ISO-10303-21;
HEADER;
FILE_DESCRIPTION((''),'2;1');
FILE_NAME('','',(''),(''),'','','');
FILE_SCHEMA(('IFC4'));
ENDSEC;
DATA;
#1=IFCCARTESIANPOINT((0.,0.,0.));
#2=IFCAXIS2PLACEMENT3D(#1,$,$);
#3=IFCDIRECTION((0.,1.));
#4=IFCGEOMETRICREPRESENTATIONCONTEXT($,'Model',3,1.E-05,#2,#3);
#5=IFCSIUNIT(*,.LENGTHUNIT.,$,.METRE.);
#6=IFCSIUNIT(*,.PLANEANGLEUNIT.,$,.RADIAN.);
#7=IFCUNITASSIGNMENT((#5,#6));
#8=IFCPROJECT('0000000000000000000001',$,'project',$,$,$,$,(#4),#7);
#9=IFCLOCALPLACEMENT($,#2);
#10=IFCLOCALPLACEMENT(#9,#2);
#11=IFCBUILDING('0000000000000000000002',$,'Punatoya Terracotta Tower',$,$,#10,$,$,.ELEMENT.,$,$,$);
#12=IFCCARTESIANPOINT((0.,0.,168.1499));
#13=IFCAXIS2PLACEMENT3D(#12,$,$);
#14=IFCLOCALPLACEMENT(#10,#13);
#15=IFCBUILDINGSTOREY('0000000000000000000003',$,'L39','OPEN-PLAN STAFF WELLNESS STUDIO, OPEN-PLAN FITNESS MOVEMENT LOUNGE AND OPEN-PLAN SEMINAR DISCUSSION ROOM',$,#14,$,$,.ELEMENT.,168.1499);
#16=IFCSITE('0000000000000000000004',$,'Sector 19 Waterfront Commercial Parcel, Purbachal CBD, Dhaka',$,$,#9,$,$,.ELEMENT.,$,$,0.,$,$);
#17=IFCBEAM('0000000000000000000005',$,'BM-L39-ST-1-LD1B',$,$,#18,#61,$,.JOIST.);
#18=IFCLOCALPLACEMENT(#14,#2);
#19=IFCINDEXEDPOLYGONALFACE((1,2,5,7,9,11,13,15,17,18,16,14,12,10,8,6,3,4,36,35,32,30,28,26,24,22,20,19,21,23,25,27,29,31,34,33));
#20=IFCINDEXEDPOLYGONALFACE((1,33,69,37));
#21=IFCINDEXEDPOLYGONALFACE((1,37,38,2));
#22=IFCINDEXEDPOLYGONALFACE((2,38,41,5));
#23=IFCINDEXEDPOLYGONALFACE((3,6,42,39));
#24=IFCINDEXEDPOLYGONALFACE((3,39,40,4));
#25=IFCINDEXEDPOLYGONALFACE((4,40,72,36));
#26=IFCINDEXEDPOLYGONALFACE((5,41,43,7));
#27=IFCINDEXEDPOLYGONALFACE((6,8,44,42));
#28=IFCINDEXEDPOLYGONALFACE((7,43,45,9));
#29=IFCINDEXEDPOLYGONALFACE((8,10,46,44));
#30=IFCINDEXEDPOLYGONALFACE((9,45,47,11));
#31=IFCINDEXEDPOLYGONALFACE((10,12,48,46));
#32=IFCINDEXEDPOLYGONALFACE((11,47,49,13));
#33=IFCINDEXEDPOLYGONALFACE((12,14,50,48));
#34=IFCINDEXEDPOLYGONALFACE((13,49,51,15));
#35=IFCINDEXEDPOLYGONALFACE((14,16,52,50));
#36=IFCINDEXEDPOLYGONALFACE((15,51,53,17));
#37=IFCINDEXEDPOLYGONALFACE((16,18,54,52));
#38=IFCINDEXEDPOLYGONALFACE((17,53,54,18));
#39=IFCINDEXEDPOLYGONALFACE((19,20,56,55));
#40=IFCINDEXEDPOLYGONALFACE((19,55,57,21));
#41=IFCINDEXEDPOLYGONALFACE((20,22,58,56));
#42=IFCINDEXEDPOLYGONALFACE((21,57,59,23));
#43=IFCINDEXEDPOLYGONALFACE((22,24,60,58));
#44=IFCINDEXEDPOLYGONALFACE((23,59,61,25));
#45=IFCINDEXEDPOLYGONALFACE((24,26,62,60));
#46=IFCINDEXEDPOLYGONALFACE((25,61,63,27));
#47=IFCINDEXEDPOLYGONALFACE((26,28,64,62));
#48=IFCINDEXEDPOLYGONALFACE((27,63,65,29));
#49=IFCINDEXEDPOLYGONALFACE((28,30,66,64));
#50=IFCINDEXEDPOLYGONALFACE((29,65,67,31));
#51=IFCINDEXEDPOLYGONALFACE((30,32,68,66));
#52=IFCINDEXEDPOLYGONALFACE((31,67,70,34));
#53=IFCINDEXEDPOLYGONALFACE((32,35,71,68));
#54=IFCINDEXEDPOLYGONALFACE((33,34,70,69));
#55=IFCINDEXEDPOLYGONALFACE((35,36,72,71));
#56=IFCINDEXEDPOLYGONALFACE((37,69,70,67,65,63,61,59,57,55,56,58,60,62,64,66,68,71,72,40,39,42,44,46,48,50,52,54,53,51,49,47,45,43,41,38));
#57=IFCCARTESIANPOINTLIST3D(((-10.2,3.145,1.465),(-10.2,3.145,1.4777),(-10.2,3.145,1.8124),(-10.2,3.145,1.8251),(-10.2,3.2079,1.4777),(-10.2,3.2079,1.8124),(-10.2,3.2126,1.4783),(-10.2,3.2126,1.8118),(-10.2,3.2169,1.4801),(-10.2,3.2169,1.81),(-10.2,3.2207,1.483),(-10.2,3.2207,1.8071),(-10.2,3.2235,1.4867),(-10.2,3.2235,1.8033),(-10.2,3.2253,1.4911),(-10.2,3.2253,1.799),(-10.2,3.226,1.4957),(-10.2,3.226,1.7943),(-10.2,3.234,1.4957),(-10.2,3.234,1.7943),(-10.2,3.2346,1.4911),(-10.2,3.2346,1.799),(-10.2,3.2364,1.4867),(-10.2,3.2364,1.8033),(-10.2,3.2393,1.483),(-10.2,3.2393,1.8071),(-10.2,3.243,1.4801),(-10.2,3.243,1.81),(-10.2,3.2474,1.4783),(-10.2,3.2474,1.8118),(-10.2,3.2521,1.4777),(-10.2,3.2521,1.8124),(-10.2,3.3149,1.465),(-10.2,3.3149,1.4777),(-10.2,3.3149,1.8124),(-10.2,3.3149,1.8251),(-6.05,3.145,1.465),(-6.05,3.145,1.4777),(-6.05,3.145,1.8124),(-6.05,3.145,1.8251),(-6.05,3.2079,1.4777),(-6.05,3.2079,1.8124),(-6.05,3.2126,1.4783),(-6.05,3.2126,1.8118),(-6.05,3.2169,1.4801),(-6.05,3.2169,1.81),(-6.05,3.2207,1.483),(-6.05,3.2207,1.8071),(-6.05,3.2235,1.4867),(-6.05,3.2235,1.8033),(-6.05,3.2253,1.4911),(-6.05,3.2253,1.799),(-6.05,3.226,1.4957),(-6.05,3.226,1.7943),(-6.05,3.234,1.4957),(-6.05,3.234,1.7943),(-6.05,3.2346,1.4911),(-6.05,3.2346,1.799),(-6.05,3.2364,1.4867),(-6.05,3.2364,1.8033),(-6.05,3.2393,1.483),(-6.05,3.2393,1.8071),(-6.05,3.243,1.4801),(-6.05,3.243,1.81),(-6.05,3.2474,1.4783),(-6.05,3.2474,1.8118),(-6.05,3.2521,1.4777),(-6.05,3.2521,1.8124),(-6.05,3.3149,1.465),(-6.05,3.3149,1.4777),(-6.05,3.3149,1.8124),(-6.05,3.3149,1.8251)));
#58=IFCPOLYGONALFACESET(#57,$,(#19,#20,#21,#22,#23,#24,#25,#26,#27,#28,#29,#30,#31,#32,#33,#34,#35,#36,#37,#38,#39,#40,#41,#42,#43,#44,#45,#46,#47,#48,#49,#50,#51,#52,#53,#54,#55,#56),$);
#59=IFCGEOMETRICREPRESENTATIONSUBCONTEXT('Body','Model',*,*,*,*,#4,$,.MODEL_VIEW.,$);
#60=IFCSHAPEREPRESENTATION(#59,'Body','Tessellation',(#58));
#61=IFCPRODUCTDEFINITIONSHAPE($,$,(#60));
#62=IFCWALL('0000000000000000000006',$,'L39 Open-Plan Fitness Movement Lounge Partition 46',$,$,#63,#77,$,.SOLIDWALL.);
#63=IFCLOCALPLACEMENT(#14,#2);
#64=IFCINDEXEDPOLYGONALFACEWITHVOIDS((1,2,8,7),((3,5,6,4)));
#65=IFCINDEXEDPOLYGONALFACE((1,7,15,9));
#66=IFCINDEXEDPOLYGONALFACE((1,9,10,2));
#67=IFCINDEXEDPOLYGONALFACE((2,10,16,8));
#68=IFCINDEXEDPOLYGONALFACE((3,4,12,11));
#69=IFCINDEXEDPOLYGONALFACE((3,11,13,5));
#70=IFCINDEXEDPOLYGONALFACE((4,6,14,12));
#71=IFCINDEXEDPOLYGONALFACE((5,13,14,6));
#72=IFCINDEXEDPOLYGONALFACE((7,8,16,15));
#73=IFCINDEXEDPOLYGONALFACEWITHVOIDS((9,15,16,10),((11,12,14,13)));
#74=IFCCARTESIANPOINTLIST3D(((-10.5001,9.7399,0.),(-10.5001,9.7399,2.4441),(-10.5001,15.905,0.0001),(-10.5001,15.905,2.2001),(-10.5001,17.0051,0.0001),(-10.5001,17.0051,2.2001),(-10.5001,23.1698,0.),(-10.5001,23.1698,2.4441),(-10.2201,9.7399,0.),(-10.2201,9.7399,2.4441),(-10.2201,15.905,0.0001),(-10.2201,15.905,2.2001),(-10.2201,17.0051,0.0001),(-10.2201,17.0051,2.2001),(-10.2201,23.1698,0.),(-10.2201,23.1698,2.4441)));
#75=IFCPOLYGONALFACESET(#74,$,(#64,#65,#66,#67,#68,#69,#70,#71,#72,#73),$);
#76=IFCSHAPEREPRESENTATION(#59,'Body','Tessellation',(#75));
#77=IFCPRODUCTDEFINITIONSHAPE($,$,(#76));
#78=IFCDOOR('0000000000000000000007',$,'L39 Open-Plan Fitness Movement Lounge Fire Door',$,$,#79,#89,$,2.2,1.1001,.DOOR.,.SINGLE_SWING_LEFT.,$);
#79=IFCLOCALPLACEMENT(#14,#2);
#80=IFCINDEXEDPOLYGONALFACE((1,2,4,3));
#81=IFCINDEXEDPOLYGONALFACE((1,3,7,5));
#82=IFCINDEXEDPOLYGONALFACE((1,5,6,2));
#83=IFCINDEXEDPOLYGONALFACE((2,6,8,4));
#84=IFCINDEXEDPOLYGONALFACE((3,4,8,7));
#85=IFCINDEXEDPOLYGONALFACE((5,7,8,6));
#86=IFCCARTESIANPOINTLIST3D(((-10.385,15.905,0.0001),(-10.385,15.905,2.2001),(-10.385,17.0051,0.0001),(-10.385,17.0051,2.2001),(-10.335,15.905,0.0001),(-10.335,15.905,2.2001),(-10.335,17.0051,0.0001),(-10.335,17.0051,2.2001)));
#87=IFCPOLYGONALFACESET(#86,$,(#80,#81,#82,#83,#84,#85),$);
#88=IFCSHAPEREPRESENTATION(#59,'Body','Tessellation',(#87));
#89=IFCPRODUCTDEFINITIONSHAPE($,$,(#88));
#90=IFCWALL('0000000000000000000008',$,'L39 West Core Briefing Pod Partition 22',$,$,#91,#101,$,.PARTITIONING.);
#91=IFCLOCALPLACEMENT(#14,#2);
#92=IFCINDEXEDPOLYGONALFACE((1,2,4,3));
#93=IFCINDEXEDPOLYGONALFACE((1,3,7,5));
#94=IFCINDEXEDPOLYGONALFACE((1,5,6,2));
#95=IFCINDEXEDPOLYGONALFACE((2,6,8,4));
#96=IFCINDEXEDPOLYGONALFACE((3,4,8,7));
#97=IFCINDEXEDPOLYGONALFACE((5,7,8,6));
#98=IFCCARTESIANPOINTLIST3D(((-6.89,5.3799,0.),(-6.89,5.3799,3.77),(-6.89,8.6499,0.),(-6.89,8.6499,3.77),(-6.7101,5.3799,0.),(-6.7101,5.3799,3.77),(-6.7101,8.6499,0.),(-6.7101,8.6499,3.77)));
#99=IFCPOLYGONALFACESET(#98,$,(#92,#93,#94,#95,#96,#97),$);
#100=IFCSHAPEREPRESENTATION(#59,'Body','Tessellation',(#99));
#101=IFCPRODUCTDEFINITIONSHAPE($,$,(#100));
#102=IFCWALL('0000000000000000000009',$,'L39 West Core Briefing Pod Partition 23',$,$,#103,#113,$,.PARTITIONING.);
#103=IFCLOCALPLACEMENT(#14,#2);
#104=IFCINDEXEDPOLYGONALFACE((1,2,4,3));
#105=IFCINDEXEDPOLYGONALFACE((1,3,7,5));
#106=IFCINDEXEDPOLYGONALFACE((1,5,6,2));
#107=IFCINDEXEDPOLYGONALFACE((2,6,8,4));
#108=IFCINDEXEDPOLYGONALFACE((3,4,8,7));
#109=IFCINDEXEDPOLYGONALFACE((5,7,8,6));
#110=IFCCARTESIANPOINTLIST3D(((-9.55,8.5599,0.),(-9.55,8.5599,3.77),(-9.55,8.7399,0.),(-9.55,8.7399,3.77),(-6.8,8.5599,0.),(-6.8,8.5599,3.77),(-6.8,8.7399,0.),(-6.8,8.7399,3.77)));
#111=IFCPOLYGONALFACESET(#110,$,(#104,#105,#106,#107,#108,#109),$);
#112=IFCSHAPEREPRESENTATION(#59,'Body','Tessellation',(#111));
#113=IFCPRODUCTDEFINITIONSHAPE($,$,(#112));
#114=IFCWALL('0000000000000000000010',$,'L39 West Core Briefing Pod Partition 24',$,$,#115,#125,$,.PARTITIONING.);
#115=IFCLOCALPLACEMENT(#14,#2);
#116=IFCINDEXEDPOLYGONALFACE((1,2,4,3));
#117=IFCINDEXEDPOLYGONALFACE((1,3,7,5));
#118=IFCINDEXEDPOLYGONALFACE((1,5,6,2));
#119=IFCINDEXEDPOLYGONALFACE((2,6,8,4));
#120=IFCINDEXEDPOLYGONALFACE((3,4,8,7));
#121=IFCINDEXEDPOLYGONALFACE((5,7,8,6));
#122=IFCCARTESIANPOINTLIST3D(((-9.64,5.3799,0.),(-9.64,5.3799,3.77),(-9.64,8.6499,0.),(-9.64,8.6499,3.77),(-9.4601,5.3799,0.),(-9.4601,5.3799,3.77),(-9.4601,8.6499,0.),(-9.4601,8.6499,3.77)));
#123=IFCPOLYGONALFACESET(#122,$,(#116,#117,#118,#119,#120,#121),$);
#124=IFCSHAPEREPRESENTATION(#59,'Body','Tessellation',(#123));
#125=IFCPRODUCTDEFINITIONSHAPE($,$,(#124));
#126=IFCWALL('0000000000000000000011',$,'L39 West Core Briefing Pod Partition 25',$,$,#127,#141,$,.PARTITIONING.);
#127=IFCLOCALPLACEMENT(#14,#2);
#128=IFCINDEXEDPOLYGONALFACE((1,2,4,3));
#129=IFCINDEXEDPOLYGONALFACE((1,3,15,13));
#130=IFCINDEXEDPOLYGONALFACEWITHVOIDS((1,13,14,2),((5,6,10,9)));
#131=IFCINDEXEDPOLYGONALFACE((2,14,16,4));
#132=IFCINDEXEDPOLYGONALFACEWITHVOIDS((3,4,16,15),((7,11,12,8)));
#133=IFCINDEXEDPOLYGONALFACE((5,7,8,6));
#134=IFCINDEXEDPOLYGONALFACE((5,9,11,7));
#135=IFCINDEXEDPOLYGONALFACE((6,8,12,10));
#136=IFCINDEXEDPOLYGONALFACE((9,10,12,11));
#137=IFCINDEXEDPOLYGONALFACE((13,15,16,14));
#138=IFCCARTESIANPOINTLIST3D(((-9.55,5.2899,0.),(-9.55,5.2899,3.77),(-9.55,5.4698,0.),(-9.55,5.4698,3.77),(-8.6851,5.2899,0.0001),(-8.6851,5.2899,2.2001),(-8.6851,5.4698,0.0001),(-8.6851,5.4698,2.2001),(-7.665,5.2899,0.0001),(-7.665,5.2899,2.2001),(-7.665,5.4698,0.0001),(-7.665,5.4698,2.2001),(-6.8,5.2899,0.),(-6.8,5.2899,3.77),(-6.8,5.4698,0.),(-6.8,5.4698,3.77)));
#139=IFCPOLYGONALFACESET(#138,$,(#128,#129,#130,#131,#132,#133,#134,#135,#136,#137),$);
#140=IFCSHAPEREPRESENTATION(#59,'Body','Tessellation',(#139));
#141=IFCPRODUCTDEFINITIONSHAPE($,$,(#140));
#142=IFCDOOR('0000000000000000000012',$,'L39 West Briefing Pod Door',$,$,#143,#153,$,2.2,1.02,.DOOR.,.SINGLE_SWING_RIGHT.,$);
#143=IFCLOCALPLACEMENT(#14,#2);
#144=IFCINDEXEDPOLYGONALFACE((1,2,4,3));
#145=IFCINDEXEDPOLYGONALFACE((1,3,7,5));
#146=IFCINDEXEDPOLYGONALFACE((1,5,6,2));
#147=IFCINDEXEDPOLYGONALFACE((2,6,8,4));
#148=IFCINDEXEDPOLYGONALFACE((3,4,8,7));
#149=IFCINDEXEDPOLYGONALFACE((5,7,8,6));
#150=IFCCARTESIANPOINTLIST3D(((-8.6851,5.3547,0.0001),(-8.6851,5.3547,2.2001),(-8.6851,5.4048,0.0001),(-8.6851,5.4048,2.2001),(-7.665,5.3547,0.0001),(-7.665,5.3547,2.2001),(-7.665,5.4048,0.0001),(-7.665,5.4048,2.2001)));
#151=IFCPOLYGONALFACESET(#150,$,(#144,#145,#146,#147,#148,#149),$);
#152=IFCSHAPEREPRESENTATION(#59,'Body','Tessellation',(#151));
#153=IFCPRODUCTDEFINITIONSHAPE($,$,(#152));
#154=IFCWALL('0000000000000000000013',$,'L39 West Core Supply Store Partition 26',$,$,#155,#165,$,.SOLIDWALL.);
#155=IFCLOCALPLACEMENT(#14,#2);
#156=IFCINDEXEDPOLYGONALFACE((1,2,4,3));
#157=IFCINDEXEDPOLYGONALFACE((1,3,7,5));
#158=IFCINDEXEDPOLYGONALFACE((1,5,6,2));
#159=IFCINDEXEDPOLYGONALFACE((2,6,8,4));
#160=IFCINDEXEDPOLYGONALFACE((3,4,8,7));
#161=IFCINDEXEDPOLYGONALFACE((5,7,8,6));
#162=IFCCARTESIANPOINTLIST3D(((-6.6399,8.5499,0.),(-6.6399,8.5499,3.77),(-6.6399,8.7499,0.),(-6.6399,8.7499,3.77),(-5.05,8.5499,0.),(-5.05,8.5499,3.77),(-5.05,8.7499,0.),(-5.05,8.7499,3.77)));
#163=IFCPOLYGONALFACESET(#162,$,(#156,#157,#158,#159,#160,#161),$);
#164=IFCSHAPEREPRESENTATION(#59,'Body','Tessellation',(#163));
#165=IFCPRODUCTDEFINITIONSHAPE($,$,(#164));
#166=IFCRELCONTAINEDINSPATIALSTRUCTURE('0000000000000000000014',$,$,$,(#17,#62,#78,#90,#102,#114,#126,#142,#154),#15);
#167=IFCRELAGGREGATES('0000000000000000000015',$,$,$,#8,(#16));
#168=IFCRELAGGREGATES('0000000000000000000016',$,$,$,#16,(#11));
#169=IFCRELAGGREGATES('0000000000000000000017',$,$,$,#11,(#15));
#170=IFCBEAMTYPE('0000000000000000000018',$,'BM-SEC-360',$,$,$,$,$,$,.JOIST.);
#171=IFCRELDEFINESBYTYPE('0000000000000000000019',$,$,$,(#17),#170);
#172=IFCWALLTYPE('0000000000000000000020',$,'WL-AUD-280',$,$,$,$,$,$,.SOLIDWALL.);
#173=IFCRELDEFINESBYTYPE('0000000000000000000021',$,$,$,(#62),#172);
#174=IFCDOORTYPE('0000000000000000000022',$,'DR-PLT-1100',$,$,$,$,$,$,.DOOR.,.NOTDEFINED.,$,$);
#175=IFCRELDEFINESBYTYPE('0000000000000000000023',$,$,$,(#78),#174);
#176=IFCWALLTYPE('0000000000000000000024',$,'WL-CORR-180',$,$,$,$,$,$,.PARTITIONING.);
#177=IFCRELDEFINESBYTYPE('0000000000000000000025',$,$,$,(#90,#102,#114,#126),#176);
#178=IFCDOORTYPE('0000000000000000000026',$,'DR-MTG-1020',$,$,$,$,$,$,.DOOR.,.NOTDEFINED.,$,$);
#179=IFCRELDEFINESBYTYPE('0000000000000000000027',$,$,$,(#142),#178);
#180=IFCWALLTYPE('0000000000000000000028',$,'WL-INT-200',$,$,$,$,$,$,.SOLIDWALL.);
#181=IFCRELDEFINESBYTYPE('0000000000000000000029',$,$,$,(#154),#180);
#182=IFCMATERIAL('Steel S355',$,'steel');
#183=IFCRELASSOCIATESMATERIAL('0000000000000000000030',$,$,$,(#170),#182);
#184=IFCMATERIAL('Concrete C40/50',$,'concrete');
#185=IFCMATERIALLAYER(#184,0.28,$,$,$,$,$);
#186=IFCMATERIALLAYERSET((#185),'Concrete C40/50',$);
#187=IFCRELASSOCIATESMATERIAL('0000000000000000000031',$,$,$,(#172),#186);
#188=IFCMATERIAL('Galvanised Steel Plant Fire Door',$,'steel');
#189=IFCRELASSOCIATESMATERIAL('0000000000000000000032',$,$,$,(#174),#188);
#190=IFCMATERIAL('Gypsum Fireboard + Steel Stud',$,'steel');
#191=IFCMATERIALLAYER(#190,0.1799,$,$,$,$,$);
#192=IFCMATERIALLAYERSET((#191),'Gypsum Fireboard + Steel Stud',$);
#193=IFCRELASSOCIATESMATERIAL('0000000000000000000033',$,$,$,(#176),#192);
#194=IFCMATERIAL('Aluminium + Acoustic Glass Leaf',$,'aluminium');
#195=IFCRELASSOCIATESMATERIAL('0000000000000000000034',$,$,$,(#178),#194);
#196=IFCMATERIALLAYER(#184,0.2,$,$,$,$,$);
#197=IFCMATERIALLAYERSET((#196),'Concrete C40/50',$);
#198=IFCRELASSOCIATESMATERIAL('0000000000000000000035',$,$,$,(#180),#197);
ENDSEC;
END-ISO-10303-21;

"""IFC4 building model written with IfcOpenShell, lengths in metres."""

from ifc_helpers import new_model, si_unit, direction, frame, frame_2d, origin, origin_2d, place, context, subcontext, project, spatial, rectangle, i_section, extrude, material, layer, layer_set, material_profile, profile_set, type_object, element, fill, save


model = new_model("IFC4")

# Units and contexts
model_context = context("Model", 3, precision=1e-05, world=origin(), true_north=direction((0.0, 1.0)))
body_context = subcontext(model_context, "Body", "Model", "MODEL_VIEW")
ifc_project = project(units=[si_unit("LENGTHUNIT", "METRE"), si_unit("PLANEANGLEUNIT", "RADIAN")], contexts=[model_context])

# Site, building, storey
site_placement = place(None, origin())
site = spatial("IfcSite", under=ifc_project, at=site_placement, Name="Sector 19 Waterfront Commercial Parcel, Purbachal CBD, Dhaka", CompositionType="ELEMENT", RefElevation=0.0)
building_placement = place(site_placement, origin())
building = spatial("IfcBuilding", under=site, at=building_placement, Name="Punatoya Terracotta Tower", CompositionType="ELEMENT")
storey_placement = place(building_placement, frame((0.0, 0.0, 168.1499)))
storey = spatial("IfcBuildingStorey", under=building, at=storey_placement, Name="L39", Description="OPEN-PLAN STAFF WELLNESS STUDIO, OPEN-PLAN FITNESS MOVEMENT LOUNGE AND OPEN-PLAN SEMINAR DISCUSSION ROOM", CompositionType="ELEMENT", Elevation=168.1499)

# Beam
ifc_material_1 = material(Name="Steel S355", Category="steel")
ifc_material_profile_1 = material_profile(ifc_material_1, i_section(OverallWidth=0.1699, OverallDepth=0.3601, WebThickness=0.0081, FlangeThickness=0.0127, FilletRadius=0.0181, at=origin_2d()))
ifc_profile_set_1 = profile_set([ifc_material_profile_1], Name="Steel S355")
beam_type_1 = type_object("IfcBeamType", Name="BM-SEC-360", PredefinedType="JOIST", material=ifc_profile_set_1)
for number, where, z_axis, x_axis, name in (
    (1, (-10.2, 3.23, 1.645), (1.0, 0.0, 0.0), (0.0, 1.0, 0.0), "BM-L39-ST-1-LD1B"),
):
    element("IfcBeam", number, at=place(storey_placement, frame(where, z_axis=z_axis, x_axis=x_axis)), inside=storey, type_object=beam_type_1, Name=name, PredefinedType="JOIST", context=body_context, shape_type="SweptSolid", body=[
        extrude(i_section(OverallWidth=0.1699, OverallDepth=0.3601, WebThickness=0.0081, FlangeThickness=0.0127, FilletRadius=0.0181, at=origin_2d()), origin(), (0.0, 0.0, 1.0), 4.1499),
    ])

# Wall, opening, door
ifc_material_2 = material(Name="Concrete C40/50", Category="concrete")
ifc_layer_1 = layer(ifc_material_2, 0.28)
ifc_layer_set_1 = layer_set([ifc_layer_1], Name="Concrete C40/50")
wall_type_1 = type_object("IfcWallType", Name="WL-AUD-280", PredefinedType="SOLIDWALL", material=ifc_layer_set_1)
wall_1_placement = place(storey_placement, frame((-10.3601, 9.74, 0.0), z_axis=(0.0, 0.0, 1.0), x_axis=(0.0, 1.0, 0.0)))
wall_1 = element("IfcWall", 2, at=wall_1_placement, inside=storey, type_object=wall_type_1, Name="L39 Open-Plan Fitness Movement Lounge Partition 46", PredefinedType="SOLIDWALL", context=body_context, shape_type="SweptSolid", body=[
    extrude(rectangle(XDim=13.4299, YDim=0.28, at=frame_2d((6.7148, 0.0))), origin(), (0.0, 0.0, 1.0), 2.4441),
])
opening_1_placement = place(wall_1_placement, frame((6.165, 0.0, 0.0)))
opening_1 = element("IfcOpeningElement", 3, at=opening_1_placement, cuts=wall_1, PredefinedType="OPENING", context=body_context, shape_type="SweptSolid", body=[
    extrude(rectangle(XDim=1.1001, YDim=2.2, at=frame_2d((0.55, 1.1001))), frame((0.0, 0.1499, 0.0), z_axis=(0.0, -1.0, 0.0), x_axis=(1.0, 0.0, 0.0)), (0.0, 0.0, 1.0), 0.3),
])
ifc_material_3 = material(Name="Galvanised Steel Plant Fire Door", Category="steel")
door_type_1 = type_object("IfcDoorType", Name="DR-PLT-1100", OperationType="NOTDEFINED", PredefinedType="DOOR", material=ifc_material_3)
door_1_placement = place(opening_1_placement, origin())
door_1 = element("IfcDoor", 4, at=door_1_placement, inside=storey, type_object=door_type_1, Name="L39 Open-Plan Fitness Movement Lounge Fire Door", OperationType="SINGLE_SWING_LEFT", OverallHeight=2.2, OverallWidth=1.1001, PredefinedType="DOOR", context=body_context, shape_type="SweptSolid", body=[
    extrude(rectangle(XDim=1.1001, YDim=2.2, at=frame_2d((0.55, 1.1001))), frame((0.0, 0.0249, 0.0), z_axis=(0.0, -1.0, 0.0), x_axis=(1.0, 0.0, 0.0)), (0.0, 0.0, 1.0), 0.05),
])
fill(opening_1, door_1)

# Walls
ifc_material_4 = material(Name="Gypsum Fireboard + Steel Stud", Category="steel")
ifc_layer_2 = layer(ifc_material_4, 0.1799)
ifc_layer_set_2 = layer_set([ifc_layer_2], Name="Gypsum Fireboard + Steel Stud")
wall_type_2 = type_object("IfcWallType", Name="WL-CORR-180", PredefinedType="PARTITIONING", material=ifc_layer_set_2)
wall_2_placement = place(storey_placement, frame((-6.8, 5.3799, 0.0), z_axis=(0.0, 0.0, 1.0), x_axis=(0.0, 1.0, 0.0)))
element("IfcWall", 5, at=wall_2_placement, inside=storey, type_object=wall_type_2, Name="L39 West Core Briefing Pod Partition 22", PredefinedType="PARTITIONING", context=body_context, shape_type="SweptSolid", body=[
    extrude(rectangle(XDim=3.27, YDim=0.1799, at=frame_2d((1.635, 0.0))), origin(), (0.0, 0.0, 1.0), 3.77),
])
wall_3_placement = place(storey_placement, frame((-6.8, 8.6499, 0.0), z_axis=(0.0, 0.0, 1.0), x_axis=(-1.0, 0.0, 0.0)))
element("IfcWall", 6, at=wall_3_placement, inside=storey, type_object=wall_type_2, Name="L39 West Core Briefing Pod Partition 23", PredefinedType="PARTITIONING", context=body_context, shape_type="SweptSolid", body=[
    extrude(rectangle(XDim=2.75, YDim=0.1799, at=frame_2d((1.375, 0.0))), origin(), (0.0, 0.0, 1.0), 3.77),
])
wall_4_placement = place(storey_placement, frame((-9.55, 8.6499, 0.0), z_axis=(0.0, 0.0, 1.0), x_axis=(0.0, -1.0, 0.0)))
element("IfcWall", 7, at=wall_4_placement, inside=storey, type_object=wall_type_2, Name="L39 West Core Briefing Pod Partition 24", PredefinedType="PARTITIONING", context=body_context, shape_type="SweptSolid", body=[
    extrude(rectangle(XDim=3.27, YDim=0.1799, at=frame_2d((1.635, 0.0))), origin(), (0.0, 0.0, 1.0), 3.77),
])

# Wall, opening, door
wall_5_placement = place(storey_placement, frame((-9.55, 5.3799, 0.0), z_axis=(0.0, 0.0, 1.0), x_axis=(1.0, 0.0, 0.0)))
wall_5 = element("IfcWall", 8, at=wall_5_placement, inside=storey, type_object=wall_type_2, Name="L39 West Core Briefing Pod Partition 25", PredefinedType="PARTITIONING", context=body_context, shape_type="SweptSolid", body=[
    extrude(rectangle(XDim=2.75, YDim=0.1799, at=frame_2d((1.375, 0.0))), origin(), (0.0, 0.0, 1.0), 3.77),
])
opening_2_placement = place(wall_5_placement, frame((0.865, 0.0, 0.0)))
opening_2 = element("IfcOpeningElement", 9, at=opening_2_placement, cuts=wall_5, PredefinedType="OPENING", context=body_context, shape_type="SweptSolid", body=[
    extrude(rectangle(XDim=1.02, YDim=2.2, at=frame_2d((0.51, 1.1001))), frame((0.0, 0.0999, 0.0), z_axis=(0.0, -1.0, 0.0), x_axis=(1.0, 0.0, 0.0)), (0.0, 0.0, 1.0), 0.2),
])
ifc_material_5 = material(Name="Aluminium + Acoustic Glass Leaf", Category="aluminium")
door_type_2 = type_object("IfcDoorType", Name="DR-MTG-1020", OperationType="NOTDEFINED", PredefinedType="DOOR", material=ifc_material_5)
door_2_placement = place(opening_2_placement, origin())
door_2 = element("IfcDoor", 10, at=door_2_placement, inside=storey, type_object=door_type_2, Name="L39 West Briefing Pod Door", OperationType="SINGLE_SWING_RIGHT", OverallHeight=2.2, OverallWidth=1.02, PredefinedType="DOOR", context=body_context, shape_type="SweptSolid", body=[
    extrude(rectangle(XDim=1.02, YDim=2.2, at=frame_2d((0.51, 1.1001))), frame((0.0, 0.0249, 0.0), z_axis=(0.0, -1.0, 0.0), x_axis=(1.0, 0.0, 0.0)), (0.0, 0.0, 1.0), 0.05),
])
fill(opening_2, door_2)

# Wall
ifc_layer_3 = layer(ifc_material_2, 0.2)
ifc_layer_set_3 = layer_set([ifc_layer_3], Name="Concrete C40/50")
wall_type_3 = type_object("IfcWallType", Name="WL-INT-200", PredefinedType="SOLIDWALL", material=ifc_layer_set_3)
wall_6_placement = place(storey_placement, frame((-5.05, 8.6499, 0.0), z_axis=(0.0, 0.0, 1.0), x_axis=(-1.0, 0.0, 0.0)))
element("IfcWall", 11, at=wall_6_placement, inside=storey, type_object=wall_type_3, Name="L39 West Core Supply Store Partition 26", PredefinedType="SOLIDWALL", context=body_context, shape_type="SweptSolid", body=[
    extrude(rectangle(XDim=1.5898, YDim=0.2, at=frame_2d((0.7949, 0.0))), origin(), (0.0, 0.0, 1.0), 3.77),
])

save(model, "model.ifc")
